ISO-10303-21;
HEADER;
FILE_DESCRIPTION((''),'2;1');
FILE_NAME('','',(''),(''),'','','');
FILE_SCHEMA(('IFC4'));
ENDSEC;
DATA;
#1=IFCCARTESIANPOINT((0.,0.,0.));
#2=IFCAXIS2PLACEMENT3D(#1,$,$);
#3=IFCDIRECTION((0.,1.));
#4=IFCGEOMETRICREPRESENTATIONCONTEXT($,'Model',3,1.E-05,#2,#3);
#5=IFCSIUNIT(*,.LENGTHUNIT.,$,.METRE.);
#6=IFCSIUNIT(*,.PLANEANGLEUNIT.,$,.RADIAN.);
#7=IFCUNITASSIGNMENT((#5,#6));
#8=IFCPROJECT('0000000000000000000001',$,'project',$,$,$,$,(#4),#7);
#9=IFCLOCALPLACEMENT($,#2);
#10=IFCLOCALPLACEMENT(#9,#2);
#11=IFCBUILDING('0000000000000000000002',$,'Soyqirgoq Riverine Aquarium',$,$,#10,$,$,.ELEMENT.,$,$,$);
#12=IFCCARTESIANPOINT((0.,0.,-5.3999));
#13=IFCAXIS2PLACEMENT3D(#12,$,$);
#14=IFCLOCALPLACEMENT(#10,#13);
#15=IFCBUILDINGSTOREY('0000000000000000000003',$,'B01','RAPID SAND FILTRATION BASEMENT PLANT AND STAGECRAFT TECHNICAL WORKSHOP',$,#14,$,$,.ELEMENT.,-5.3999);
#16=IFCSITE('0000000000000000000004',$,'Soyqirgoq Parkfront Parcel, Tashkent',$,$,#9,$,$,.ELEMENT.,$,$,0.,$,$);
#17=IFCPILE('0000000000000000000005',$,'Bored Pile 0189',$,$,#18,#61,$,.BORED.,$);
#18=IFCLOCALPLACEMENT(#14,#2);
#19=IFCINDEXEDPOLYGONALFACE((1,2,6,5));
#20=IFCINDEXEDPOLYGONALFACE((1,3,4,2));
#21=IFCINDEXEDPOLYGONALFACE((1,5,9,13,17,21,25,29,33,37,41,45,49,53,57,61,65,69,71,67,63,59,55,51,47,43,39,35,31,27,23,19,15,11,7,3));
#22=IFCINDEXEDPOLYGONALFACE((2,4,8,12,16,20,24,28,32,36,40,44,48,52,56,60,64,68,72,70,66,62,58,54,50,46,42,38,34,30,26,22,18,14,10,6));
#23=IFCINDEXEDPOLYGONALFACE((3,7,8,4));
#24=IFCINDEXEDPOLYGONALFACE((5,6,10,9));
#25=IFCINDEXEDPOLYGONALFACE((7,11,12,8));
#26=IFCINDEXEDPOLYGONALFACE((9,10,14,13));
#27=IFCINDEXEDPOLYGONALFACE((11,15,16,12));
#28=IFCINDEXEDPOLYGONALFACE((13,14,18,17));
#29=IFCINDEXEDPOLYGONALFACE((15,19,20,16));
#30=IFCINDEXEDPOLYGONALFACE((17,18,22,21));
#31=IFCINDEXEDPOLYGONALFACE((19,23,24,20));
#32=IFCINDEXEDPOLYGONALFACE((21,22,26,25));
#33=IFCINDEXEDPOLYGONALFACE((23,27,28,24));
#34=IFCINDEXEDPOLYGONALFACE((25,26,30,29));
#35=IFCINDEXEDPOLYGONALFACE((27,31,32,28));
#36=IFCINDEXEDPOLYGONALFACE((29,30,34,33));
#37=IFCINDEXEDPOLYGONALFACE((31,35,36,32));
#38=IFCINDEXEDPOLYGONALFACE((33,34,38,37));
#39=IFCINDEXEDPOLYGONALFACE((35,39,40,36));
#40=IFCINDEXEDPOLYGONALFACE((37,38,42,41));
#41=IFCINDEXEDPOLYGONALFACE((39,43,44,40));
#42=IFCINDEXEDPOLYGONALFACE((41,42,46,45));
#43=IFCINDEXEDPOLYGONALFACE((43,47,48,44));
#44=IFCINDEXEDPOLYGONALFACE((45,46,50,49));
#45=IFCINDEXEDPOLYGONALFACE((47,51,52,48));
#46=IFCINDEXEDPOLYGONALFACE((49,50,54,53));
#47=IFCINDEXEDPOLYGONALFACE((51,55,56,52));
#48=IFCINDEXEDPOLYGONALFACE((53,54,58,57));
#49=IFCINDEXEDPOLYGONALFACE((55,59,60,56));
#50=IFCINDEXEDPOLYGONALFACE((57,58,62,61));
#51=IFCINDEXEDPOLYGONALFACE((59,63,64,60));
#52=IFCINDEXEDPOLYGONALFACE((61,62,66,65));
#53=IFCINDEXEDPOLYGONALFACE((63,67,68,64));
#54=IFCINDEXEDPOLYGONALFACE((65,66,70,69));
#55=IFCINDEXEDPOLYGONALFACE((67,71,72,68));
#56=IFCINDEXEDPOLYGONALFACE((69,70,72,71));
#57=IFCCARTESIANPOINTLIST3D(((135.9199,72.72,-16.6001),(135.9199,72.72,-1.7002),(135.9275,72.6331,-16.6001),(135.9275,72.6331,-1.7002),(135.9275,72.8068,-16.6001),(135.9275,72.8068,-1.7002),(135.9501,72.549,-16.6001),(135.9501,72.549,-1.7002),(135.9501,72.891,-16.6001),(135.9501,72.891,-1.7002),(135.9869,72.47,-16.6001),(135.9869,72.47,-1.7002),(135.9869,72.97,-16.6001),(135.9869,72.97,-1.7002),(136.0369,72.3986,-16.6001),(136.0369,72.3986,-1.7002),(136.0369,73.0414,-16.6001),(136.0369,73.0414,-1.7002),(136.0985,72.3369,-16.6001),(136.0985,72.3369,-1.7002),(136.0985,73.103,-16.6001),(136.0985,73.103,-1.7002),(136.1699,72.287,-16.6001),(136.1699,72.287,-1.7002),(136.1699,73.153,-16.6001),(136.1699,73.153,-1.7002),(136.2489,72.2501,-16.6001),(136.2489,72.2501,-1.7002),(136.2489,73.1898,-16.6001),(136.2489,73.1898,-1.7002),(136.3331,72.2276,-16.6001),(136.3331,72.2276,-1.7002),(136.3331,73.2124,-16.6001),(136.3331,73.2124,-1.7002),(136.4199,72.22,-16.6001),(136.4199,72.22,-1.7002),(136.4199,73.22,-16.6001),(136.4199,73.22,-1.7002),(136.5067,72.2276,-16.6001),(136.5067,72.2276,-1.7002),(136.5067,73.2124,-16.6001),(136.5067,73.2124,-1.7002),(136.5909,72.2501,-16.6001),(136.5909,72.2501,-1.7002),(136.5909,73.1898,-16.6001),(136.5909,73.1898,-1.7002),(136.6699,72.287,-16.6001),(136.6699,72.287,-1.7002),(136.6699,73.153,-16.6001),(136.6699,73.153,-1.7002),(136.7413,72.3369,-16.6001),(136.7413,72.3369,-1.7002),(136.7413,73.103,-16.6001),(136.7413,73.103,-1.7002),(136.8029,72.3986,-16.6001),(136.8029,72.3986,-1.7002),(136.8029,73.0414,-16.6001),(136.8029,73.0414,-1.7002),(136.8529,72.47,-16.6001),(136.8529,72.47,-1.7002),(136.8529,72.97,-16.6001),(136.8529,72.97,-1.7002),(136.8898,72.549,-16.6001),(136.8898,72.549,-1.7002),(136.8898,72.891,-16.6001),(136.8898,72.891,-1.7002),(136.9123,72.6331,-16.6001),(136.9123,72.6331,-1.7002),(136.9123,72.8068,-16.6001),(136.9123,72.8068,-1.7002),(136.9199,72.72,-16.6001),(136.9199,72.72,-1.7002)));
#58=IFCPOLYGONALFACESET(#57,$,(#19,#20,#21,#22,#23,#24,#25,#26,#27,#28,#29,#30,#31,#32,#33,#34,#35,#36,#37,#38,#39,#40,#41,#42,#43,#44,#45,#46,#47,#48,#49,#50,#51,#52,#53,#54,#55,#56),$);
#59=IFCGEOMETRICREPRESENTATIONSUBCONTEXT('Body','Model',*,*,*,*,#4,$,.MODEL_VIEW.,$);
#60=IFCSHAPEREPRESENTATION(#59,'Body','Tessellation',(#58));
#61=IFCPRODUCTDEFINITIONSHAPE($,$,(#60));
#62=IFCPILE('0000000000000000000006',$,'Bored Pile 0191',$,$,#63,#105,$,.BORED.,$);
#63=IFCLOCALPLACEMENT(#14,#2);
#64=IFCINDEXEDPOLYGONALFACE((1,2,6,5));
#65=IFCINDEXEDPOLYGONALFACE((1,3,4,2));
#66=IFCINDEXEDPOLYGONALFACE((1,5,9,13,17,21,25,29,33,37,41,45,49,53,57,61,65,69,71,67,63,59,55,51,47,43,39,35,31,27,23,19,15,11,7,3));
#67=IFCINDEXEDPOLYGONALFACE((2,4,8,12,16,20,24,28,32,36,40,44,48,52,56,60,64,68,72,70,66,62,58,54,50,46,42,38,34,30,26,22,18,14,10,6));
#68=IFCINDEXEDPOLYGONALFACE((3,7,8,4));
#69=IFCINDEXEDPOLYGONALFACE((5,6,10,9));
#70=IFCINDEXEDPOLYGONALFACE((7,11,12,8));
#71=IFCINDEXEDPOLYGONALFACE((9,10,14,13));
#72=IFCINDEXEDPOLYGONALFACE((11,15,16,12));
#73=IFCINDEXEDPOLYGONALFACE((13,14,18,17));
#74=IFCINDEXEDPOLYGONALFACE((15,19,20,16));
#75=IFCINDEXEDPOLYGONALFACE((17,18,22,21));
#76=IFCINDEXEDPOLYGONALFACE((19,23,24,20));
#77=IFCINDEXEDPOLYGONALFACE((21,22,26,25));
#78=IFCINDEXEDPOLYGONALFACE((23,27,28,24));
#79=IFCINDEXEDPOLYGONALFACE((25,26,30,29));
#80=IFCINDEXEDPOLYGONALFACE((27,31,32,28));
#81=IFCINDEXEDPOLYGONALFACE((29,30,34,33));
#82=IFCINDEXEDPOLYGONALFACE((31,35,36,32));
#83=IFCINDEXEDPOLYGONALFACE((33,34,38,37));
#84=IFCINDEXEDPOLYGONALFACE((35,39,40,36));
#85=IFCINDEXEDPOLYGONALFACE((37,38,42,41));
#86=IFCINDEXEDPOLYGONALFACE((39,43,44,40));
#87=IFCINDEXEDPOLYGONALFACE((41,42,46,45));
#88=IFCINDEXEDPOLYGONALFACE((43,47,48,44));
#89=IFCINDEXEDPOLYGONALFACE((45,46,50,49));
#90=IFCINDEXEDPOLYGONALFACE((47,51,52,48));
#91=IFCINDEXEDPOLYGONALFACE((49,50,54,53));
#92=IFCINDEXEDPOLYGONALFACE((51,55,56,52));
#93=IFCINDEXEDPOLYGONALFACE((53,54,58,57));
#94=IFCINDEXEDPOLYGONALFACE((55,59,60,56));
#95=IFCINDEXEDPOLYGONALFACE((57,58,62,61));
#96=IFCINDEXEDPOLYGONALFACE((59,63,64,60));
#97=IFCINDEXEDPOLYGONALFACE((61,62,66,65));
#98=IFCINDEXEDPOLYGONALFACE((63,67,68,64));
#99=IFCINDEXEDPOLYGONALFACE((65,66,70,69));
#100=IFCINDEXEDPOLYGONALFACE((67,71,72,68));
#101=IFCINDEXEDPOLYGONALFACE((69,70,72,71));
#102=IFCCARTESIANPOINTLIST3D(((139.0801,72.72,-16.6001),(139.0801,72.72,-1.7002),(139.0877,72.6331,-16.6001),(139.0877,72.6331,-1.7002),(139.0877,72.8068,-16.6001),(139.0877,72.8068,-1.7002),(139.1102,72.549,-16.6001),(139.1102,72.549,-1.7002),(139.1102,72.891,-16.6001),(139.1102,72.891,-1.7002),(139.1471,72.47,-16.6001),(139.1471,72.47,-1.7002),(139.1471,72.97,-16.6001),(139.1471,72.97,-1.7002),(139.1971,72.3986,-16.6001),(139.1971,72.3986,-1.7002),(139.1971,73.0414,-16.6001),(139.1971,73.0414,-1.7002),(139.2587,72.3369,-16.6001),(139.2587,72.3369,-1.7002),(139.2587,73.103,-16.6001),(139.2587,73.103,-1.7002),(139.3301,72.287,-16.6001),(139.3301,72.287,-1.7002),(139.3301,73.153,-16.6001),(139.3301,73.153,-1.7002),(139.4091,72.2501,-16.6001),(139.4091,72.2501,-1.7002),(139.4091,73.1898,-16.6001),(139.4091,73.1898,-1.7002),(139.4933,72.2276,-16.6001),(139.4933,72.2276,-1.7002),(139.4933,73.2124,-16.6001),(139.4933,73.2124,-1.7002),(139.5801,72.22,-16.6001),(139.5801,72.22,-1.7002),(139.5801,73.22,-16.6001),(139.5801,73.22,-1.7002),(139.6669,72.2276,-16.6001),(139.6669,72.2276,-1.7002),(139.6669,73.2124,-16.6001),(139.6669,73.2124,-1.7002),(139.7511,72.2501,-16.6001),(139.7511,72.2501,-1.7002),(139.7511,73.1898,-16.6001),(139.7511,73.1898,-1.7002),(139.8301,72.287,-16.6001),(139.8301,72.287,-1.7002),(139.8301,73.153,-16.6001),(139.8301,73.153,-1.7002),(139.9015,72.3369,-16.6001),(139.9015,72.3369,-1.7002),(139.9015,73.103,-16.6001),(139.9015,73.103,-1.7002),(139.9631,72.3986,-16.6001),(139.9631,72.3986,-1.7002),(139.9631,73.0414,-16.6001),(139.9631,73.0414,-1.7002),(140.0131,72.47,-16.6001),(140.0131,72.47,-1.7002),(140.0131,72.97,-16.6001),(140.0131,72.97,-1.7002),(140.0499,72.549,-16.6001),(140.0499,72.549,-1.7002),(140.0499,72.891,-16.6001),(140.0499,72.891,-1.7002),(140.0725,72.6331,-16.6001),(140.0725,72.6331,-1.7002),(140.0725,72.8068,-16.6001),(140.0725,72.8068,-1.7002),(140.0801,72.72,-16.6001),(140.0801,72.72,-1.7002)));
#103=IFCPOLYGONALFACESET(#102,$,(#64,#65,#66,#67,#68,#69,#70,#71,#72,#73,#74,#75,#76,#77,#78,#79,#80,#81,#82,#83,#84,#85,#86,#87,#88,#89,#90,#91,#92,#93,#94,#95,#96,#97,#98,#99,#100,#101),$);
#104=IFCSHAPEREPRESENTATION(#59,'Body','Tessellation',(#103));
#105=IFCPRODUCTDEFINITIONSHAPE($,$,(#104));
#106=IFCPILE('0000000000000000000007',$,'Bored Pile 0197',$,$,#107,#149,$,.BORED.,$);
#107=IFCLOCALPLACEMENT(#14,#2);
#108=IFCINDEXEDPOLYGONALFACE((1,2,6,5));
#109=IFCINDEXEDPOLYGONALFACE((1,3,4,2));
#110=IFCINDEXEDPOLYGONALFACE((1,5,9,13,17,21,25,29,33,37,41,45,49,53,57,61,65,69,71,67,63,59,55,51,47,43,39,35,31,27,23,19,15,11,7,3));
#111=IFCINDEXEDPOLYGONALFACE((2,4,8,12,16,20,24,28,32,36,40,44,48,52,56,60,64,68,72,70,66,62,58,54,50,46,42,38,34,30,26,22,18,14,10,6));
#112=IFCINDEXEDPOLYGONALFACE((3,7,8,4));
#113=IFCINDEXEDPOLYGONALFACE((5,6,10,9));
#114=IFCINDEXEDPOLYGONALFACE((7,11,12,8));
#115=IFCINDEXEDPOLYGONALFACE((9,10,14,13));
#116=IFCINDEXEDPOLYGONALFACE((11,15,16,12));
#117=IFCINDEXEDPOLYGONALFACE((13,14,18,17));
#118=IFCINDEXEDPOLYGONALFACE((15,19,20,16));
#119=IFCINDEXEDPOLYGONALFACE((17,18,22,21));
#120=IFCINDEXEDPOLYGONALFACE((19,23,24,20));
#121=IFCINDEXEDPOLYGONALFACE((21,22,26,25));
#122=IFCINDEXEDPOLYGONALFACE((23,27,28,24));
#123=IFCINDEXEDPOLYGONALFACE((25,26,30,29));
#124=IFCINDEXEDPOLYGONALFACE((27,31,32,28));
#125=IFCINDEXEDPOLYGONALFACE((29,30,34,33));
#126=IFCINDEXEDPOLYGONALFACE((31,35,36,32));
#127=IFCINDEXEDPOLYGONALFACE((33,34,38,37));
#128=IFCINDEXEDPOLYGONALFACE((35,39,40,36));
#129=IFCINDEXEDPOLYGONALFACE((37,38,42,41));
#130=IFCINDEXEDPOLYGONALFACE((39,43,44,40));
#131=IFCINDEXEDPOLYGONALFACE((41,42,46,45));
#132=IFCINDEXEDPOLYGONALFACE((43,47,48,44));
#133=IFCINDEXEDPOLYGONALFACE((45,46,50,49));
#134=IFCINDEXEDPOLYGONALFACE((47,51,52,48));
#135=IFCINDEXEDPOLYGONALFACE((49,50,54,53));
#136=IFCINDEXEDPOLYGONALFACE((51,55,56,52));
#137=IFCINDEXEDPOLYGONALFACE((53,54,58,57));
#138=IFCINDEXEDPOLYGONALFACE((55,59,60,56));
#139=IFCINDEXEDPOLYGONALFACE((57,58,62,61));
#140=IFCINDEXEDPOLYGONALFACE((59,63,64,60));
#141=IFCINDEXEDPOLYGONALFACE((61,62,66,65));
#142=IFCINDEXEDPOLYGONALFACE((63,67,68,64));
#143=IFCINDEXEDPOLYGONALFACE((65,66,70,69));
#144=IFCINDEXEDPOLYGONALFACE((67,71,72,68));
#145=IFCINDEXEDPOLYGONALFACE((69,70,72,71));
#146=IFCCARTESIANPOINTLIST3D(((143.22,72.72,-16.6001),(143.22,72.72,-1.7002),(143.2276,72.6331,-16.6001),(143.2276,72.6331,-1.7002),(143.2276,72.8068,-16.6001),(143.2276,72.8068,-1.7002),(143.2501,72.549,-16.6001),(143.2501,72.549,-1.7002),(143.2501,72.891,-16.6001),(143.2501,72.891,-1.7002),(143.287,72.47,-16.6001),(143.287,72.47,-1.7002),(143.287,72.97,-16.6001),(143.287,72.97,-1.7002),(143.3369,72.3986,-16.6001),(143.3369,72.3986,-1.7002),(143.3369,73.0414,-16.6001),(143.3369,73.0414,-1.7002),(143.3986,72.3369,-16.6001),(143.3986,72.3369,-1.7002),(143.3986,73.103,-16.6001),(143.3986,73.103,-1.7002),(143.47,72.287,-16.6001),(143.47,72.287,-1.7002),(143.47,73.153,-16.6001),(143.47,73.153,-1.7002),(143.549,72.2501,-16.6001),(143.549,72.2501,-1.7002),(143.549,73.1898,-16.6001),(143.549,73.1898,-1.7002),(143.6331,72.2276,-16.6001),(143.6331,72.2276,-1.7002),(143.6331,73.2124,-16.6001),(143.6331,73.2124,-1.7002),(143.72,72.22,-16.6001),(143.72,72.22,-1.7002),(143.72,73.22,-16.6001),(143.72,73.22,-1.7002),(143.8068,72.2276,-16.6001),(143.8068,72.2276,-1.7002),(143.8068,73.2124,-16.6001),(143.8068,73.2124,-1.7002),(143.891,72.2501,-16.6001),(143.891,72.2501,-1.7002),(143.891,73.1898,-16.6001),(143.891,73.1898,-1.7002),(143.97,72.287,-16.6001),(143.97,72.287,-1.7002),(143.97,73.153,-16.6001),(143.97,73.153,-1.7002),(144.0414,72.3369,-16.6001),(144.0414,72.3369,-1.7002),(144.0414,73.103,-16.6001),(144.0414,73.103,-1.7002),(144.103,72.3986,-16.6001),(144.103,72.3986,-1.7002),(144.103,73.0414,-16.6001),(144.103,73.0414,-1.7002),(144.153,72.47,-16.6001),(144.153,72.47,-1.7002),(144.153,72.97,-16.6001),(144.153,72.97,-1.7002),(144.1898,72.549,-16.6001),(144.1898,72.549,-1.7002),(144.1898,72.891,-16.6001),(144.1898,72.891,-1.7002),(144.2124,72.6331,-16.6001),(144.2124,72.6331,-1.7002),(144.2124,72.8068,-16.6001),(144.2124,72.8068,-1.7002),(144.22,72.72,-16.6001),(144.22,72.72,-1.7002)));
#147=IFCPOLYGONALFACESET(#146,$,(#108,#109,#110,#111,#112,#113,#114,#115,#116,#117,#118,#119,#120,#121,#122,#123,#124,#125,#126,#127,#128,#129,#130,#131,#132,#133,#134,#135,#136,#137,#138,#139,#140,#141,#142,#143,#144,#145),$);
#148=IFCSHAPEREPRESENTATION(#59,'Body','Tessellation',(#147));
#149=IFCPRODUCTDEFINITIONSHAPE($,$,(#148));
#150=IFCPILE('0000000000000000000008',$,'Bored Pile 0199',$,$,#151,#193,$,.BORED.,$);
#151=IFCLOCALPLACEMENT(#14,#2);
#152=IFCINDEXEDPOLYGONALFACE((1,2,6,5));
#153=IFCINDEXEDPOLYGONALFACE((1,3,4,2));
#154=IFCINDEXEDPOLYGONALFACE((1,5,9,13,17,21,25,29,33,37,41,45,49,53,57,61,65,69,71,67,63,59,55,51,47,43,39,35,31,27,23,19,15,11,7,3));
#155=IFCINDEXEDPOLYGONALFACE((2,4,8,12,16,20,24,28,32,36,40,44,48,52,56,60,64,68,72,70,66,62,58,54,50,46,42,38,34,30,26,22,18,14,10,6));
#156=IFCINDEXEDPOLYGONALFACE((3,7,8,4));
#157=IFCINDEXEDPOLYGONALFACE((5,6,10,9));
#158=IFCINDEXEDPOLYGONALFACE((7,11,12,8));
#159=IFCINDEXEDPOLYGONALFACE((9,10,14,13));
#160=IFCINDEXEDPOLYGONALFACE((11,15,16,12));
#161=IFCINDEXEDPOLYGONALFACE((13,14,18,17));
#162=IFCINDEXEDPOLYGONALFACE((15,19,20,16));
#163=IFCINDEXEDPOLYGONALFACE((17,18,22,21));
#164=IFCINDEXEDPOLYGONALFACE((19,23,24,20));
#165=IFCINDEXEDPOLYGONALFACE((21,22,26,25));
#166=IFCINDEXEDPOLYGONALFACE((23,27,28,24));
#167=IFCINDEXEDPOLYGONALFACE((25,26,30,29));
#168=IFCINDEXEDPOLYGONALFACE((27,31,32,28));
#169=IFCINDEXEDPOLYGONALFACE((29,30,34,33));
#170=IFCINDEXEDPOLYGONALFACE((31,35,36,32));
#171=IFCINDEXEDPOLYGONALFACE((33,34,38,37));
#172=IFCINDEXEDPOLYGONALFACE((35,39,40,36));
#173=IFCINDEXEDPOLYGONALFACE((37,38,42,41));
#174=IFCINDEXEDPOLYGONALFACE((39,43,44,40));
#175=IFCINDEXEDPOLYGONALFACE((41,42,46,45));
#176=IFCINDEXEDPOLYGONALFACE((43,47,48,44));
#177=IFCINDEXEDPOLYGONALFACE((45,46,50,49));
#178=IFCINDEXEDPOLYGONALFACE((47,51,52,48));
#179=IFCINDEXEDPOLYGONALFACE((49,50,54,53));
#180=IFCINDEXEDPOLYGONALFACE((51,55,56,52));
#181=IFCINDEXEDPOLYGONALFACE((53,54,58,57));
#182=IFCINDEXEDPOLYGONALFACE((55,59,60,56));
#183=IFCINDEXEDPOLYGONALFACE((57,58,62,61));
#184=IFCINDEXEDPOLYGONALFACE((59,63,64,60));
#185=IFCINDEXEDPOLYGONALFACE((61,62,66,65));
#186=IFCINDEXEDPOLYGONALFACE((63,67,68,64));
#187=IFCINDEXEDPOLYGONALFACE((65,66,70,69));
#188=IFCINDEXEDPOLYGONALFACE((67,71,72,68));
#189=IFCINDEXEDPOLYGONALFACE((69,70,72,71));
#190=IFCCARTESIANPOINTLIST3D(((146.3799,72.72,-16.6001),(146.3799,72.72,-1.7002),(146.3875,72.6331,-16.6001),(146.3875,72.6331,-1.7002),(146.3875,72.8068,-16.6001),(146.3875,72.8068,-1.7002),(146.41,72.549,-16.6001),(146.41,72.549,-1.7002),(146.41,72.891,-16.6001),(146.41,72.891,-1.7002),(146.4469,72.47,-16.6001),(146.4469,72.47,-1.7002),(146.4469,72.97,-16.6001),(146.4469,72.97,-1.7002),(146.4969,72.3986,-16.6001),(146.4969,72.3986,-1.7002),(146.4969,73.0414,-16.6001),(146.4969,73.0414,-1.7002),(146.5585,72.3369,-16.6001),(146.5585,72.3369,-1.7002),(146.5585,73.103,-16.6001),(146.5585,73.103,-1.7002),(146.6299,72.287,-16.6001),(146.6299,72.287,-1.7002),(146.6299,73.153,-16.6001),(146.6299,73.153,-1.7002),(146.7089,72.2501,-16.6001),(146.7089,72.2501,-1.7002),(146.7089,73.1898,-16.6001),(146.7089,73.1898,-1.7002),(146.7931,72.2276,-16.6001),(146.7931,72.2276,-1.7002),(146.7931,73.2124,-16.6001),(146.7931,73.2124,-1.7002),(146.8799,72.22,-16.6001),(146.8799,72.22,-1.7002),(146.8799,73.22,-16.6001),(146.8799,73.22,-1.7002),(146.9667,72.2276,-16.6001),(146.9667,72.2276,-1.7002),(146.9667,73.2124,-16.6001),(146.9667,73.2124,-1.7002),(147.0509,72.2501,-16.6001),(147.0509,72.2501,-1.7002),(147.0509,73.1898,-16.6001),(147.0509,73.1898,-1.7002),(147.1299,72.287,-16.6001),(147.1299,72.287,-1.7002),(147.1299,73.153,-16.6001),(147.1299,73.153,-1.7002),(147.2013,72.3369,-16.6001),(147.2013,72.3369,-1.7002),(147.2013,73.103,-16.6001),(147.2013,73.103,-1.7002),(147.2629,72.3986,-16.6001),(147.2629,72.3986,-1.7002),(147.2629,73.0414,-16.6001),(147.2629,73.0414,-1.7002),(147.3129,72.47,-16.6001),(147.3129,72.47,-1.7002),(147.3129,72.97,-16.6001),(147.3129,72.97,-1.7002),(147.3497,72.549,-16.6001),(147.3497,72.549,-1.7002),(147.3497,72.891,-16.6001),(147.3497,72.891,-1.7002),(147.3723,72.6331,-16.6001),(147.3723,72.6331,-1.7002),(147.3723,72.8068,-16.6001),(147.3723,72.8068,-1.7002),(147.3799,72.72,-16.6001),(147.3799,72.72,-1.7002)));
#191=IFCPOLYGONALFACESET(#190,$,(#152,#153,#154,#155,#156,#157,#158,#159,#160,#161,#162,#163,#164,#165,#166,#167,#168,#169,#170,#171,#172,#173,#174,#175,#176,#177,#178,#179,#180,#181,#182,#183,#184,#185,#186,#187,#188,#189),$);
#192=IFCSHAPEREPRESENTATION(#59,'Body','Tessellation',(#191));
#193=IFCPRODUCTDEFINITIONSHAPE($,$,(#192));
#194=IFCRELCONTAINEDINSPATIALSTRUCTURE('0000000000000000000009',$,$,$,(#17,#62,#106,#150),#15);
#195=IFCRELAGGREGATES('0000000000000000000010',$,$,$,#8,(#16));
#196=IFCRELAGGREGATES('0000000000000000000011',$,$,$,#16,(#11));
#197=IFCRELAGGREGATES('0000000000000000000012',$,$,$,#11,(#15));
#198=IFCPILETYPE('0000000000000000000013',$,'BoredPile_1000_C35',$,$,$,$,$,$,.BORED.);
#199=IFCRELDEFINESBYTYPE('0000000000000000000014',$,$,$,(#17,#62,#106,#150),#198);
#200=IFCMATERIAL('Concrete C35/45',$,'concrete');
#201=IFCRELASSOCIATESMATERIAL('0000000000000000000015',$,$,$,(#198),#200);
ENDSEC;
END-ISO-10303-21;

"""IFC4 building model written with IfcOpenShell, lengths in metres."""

from ifc_helpers import new_model, si_unit, direction, frame, origin, origin_2d, place, context, subcontext, project, spatial, circle, extrude, material, material_profile, profile_set, type_object, element, save


model = new_model("IFC4")

# Units and contexts
model_context = context("Model", 3, precision=1e-05, world=origin(), true_north=direction((0.0, 1.0)))
body_context = subcontext(model_context, "Body", "Model", "MODEL_VIEW")
ifc_project = project(units=[si_unit("LENGTHUNIT", "METRE"), si_unit("PLANEANGLEUNIT", "RADIAN")], contexts=[model_context])

# Site, building, storey
site_placement = place(None, origin())
site = spatial("IfcSite", under=ifc_project, at=site_placement, Name="Soyqirgoq Parkfront Parcel, Tashkent", CompositionType="ELEMENT", RefElevation=0.0)
building_placement = place(site_placement, origin())
building = spatial("IfcBuilding", under=site, at=building_placement, Name="Soyqirgoq Riverine Aquarium", CompositionType="ELEMENT")
storey_placement = place(building_placement, frame((0.0, 0.0, -5.3999)))
storey = spatial("IfcBuildingStorey", under=building, at=storey_placement, Name="B01", Description="RAPID SAND FILTRATION BASEMENT PLANT AND STAGECRAFT TECHNICAL WORKSHOP", CompositionType="ELEMENT", Elevation=-5.3999)

# Piles
ifc_material_1 = material(Name="Concrete C35/45", Category="concrete")
ifc_material_profile_1 = material_profile(ifc_material_1, circle(Radius=0.5, at=origin_2d()), Name="BP D1000")
ifc_profile_set_1 = profile_set([ifc_material_profile_1], Name="Concrete C35/45")
pile_type = type_object("IfcPileType", Name="BoredPile_1000_C35", PredefinedType="BORED", material=ifc_profile_set_1)
for number, where, z_axis, x_axis, name in (
    (1, (136.4199, 72.72, -1.7002), (0.0, 0.0, -1.0), (1.0, 0.0, 0.0), "Bored Pile 0189"),
    (2, (139.5801, 72.72, -1.7002), (0.0, 0.0, -1.0), (1.0, 0.0, 0.0), "Bored Pile 0191"),
    (3, (143.72, 72.72, -1.7002), (0.0, 0.0, -1.0), (1.0, 0.0, 0.0), "Bored Pile 0197"),
    (4, (146.8799, 72.72, -1.7002), (0.0, 0.0, -1.0), (1.0, 0.0, 0.0), "Bored Pile 0199"),
):
    element("IfcPile", number, at=place(storey_placement, frame(where, z_axis=z_axis, x_axis=x_axis)), inside=storey, type_object=pile_type, Name=name, PredefinedType="BORED", context=body_context, shape_type="SweptSolid", body=[
        extrude(circle(Radius=0.5, at=origin_2d()), origin(), (0.0, 0.0, 1.0), 14.8999),
    ])

save(model, "model.ifc")
